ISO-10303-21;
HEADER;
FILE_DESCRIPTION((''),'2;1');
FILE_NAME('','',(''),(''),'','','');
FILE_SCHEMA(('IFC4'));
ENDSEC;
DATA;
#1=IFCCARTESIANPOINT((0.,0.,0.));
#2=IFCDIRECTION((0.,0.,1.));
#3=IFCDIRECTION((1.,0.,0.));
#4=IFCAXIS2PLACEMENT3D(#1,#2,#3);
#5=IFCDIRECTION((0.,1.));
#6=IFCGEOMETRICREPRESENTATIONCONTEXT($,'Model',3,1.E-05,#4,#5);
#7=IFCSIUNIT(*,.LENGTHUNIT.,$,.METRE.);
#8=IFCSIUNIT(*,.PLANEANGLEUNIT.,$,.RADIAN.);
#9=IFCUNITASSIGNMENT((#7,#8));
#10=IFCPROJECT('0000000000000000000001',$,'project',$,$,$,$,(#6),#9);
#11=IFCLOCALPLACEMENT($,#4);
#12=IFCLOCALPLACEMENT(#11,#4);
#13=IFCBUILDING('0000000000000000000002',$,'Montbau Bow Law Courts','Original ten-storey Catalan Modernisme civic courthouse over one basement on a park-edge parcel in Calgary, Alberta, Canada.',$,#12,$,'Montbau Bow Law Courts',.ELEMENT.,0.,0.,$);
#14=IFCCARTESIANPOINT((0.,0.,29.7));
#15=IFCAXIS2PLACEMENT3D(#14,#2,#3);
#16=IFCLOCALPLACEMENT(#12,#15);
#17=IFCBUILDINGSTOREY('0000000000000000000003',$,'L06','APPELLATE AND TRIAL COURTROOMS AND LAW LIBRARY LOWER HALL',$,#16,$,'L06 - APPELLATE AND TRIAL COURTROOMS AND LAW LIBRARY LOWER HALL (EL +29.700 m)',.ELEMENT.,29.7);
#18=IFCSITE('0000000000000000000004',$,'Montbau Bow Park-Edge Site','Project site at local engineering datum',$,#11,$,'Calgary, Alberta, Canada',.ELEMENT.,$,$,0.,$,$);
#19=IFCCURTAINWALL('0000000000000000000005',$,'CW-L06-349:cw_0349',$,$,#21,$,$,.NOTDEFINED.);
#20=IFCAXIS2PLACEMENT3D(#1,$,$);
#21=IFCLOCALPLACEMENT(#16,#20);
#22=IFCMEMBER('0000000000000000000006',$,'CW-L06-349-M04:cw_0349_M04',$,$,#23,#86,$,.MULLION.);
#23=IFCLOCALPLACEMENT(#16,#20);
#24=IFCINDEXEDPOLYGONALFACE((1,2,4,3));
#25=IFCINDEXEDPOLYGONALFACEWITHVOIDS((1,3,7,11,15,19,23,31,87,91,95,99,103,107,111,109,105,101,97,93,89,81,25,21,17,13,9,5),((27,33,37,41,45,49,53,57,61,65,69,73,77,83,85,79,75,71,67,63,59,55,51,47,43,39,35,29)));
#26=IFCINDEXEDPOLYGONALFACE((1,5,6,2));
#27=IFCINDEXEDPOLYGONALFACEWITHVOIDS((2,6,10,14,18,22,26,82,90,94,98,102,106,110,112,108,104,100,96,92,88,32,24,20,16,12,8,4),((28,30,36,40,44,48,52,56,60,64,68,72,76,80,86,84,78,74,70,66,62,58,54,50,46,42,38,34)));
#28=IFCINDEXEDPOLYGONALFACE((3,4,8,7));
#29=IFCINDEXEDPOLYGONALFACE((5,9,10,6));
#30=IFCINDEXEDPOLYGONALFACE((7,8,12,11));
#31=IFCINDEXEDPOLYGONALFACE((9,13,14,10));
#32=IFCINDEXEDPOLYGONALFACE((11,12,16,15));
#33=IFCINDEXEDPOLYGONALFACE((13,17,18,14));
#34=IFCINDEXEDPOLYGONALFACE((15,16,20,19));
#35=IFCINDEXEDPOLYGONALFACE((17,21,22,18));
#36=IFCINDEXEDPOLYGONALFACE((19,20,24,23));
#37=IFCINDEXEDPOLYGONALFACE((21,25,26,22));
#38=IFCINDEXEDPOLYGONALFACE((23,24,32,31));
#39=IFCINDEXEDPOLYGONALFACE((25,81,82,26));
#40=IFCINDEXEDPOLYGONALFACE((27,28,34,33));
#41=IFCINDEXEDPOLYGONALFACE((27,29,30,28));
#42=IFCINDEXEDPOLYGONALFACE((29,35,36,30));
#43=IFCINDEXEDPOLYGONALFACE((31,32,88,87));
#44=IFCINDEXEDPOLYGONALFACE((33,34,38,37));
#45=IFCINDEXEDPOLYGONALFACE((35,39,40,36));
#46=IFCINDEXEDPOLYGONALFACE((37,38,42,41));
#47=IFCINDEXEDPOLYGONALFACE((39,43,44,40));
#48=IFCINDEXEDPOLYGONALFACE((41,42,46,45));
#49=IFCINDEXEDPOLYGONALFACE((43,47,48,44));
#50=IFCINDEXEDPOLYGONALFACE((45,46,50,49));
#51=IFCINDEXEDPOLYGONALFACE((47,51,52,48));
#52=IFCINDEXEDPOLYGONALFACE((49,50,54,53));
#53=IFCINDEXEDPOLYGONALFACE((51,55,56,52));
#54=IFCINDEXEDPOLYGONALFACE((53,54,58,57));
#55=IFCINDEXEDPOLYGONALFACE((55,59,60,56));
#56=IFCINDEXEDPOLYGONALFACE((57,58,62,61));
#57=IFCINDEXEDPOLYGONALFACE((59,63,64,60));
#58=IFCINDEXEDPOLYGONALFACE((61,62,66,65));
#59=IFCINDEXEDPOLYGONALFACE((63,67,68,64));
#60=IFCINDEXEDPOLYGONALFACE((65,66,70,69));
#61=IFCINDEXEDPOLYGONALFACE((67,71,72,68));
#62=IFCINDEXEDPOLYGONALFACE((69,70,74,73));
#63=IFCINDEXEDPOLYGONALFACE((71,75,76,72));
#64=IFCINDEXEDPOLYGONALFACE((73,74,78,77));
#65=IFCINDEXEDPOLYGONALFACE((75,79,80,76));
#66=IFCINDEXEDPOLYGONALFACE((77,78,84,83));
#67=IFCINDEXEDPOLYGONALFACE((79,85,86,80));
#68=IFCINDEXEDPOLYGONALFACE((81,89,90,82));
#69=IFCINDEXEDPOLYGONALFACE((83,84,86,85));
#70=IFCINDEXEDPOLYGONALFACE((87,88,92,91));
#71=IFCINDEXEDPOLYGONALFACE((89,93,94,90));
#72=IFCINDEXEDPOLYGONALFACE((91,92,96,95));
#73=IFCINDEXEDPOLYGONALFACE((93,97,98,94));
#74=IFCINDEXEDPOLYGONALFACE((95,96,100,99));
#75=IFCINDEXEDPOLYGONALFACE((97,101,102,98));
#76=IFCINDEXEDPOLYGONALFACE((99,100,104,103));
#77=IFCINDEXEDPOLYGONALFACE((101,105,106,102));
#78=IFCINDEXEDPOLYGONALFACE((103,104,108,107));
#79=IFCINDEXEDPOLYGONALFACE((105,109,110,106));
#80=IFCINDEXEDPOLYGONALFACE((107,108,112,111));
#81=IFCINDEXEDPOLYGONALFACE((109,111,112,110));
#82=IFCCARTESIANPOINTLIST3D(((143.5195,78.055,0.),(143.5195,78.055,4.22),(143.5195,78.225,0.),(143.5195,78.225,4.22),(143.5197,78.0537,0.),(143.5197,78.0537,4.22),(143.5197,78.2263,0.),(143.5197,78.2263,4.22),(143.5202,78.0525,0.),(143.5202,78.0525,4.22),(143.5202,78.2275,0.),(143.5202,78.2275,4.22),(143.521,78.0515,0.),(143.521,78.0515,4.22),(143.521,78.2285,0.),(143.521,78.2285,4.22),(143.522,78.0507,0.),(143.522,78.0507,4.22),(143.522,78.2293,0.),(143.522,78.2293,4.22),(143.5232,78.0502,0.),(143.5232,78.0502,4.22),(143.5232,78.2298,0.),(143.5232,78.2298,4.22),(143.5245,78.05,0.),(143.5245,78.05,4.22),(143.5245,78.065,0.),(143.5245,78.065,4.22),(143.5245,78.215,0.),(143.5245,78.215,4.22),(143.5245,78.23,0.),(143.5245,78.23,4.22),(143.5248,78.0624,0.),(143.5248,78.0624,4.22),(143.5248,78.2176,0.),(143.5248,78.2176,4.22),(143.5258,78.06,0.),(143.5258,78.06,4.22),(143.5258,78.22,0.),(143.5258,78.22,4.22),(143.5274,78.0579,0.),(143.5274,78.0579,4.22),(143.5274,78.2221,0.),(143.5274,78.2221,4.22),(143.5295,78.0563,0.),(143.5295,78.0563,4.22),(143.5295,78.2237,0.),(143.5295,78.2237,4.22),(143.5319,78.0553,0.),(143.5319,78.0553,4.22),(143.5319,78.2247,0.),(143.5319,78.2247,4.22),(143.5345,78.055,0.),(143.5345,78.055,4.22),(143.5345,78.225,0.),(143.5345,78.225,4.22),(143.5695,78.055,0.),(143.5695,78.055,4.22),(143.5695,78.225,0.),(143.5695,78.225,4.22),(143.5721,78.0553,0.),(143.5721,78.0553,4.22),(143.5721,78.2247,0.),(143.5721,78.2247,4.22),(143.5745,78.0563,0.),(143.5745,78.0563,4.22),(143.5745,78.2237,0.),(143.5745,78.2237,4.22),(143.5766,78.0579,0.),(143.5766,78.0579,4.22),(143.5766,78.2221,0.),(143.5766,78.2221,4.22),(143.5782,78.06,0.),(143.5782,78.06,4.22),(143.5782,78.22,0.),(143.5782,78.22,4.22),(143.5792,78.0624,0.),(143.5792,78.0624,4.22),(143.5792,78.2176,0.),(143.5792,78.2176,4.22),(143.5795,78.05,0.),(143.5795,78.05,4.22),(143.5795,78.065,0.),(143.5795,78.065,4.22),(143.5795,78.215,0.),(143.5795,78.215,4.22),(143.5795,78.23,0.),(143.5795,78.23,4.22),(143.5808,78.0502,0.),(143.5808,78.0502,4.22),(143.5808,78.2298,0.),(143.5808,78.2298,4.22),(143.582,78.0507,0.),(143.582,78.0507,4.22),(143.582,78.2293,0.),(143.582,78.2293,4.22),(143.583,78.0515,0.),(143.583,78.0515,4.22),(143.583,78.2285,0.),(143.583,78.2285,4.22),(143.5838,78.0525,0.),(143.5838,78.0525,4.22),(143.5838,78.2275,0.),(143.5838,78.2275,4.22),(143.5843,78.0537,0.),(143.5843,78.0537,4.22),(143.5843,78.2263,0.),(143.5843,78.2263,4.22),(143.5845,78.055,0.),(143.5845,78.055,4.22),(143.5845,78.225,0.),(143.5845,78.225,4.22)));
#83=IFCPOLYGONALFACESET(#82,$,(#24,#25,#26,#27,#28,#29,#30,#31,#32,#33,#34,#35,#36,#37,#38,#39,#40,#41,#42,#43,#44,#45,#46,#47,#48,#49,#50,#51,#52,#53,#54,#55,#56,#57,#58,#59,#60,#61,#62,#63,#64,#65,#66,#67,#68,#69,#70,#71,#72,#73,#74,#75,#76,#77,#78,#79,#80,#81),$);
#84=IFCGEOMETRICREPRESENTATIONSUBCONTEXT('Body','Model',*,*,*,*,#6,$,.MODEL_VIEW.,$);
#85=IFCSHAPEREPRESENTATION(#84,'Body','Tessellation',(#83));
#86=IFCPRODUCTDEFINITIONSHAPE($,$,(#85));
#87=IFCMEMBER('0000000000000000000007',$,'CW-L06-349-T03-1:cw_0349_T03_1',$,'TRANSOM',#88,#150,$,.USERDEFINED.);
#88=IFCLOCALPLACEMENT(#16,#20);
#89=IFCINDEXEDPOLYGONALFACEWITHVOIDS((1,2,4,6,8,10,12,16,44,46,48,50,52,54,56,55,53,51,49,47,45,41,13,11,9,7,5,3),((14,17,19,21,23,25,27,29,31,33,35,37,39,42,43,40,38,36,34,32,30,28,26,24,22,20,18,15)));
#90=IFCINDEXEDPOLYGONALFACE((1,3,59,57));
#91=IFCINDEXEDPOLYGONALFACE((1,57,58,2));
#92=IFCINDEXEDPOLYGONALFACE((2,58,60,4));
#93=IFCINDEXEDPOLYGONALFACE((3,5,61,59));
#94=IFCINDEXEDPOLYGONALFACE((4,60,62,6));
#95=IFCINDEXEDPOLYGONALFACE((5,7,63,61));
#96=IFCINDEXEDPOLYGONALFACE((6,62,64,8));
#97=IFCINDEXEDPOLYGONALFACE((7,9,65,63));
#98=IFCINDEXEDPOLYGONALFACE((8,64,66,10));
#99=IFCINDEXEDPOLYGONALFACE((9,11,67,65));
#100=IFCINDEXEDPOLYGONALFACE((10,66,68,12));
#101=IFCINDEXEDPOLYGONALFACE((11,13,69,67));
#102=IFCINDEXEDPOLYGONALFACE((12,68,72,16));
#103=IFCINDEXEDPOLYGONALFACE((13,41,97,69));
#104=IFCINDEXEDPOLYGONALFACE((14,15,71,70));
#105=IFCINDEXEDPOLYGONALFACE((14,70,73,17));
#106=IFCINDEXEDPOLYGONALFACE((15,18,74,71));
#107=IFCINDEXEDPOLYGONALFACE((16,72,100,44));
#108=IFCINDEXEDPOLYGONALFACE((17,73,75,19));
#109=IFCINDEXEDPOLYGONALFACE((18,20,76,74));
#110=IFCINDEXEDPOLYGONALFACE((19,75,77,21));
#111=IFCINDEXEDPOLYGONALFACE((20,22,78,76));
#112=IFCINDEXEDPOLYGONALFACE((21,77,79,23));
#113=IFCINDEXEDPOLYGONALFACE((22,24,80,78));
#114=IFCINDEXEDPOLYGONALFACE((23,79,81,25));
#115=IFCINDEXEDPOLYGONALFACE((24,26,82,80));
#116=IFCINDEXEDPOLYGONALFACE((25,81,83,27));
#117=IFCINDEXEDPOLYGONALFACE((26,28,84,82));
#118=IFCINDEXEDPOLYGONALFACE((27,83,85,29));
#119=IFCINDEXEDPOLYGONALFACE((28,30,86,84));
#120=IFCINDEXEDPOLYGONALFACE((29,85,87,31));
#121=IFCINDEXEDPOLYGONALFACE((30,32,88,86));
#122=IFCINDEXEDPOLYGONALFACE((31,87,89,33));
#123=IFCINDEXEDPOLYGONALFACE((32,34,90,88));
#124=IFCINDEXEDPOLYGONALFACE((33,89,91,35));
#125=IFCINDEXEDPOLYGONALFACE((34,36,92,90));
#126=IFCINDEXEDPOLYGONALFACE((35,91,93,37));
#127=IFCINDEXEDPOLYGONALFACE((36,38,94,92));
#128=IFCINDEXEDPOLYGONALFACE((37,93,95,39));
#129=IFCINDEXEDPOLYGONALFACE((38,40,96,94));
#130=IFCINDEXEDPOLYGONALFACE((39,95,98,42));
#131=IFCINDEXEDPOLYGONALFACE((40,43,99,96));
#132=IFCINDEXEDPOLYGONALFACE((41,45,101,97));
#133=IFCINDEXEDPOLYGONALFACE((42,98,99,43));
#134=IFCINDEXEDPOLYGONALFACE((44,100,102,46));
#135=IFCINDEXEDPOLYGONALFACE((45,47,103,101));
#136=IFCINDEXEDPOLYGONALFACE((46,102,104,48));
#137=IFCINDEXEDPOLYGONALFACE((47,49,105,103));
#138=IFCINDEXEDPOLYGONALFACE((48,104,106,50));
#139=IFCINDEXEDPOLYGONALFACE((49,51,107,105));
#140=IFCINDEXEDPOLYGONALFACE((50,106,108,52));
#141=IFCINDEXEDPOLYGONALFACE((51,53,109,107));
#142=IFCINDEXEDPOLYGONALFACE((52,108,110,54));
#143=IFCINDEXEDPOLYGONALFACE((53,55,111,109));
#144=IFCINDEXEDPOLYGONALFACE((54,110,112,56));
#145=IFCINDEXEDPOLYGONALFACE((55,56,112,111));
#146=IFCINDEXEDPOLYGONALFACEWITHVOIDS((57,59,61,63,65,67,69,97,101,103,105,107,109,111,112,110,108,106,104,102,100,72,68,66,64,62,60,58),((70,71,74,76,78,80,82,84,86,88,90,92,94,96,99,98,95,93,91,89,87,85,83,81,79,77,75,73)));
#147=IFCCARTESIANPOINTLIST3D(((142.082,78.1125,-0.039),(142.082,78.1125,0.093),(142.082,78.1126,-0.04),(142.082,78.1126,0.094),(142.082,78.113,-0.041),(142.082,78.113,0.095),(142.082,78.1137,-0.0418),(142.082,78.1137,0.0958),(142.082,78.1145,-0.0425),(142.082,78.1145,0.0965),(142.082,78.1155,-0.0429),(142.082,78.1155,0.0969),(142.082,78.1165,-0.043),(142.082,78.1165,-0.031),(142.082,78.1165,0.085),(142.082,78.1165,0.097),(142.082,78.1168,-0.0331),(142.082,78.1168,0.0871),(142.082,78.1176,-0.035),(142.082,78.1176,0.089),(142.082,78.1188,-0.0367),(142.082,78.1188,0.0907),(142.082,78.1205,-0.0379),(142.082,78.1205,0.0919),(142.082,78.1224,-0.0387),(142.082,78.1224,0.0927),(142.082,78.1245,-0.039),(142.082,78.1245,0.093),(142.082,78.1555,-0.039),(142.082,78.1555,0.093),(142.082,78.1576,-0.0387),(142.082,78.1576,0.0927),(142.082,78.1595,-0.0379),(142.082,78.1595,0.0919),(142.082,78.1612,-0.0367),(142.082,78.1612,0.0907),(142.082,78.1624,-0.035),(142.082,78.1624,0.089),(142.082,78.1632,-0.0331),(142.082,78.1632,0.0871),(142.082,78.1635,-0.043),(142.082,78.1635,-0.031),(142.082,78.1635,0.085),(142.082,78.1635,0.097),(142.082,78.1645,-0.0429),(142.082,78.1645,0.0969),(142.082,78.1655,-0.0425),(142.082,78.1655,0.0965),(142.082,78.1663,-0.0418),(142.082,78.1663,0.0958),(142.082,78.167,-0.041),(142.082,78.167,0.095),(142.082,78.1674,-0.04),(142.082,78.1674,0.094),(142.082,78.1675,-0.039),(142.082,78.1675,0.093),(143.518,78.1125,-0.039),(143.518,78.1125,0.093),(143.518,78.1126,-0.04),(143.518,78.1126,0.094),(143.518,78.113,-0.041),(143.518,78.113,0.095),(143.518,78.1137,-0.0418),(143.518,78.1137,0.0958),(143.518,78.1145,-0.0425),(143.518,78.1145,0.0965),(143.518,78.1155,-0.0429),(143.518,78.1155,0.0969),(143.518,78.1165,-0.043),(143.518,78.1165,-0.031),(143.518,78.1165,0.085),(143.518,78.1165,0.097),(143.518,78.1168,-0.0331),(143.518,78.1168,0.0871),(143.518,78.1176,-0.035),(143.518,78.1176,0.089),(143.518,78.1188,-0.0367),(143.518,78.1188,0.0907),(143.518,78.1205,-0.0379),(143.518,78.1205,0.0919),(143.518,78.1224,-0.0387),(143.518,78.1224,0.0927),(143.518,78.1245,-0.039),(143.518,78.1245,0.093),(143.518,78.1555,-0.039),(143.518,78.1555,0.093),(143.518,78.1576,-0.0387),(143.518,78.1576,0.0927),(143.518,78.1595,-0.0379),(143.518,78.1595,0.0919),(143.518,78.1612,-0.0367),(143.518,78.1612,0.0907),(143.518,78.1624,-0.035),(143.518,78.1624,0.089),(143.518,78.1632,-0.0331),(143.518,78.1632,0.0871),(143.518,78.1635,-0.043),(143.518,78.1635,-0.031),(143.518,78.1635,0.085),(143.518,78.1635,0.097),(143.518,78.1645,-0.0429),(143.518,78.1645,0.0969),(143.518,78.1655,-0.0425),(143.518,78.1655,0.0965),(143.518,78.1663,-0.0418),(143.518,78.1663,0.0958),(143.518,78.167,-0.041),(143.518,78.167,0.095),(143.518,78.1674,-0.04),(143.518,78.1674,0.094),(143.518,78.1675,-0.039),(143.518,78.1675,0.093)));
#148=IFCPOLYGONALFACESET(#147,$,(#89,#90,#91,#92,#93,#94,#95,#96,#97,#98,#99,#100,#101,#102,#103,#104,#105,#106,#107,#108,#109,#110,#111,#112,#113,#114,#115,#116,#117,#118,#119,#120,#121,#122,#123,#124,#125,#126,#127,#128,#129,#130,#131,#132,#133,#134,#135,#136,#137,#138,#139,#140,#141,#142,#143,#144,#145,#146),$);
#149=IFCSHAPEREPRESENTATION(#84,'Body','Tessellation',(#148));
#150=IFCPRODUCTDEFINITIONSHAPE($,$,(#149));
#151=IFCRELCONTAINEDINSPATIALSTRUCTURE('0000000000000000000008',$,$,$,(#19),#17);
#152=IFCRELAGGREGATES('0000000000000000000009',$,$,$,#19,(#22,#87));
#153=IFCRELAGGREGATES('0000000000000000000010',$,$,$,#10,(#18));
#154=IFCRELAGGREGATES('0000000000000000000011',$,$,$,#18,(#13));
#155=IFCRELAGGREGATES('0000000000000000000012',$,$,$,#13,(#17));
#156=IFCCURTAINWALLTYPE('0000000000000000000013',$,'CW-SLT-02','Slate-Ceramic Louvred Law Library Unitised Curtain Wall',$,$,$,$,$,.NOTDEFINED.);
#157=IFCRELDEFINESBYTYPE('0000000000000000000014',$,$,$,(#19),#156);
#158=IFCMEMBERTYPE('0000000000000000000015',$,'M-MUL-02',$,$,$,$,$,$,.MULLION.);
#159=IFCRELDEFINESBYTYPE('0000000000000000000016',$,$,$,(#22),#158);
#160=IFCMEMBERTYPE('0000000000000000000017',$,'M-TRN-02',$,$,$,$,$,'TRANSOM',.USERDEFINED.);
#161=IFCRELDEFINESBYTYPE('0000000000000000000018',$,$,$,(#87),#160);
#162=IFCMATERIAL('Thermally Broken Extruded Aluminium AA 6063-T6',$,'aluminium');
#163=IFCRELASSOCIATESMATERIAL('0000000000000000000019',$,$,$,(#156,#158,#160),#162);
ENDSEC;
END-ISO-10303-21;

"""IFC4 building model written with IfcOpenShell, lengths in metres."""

from ifc_helpers import new_model, si_unit, direction, frame, origin_with_axes, origin_2d_with_axis, place, context, subcontext, project, spatial, hollow_rectangle, extrude, material, material_profile, profile_set, type_object, element, aggregate, save


model = new_model("IFC4")

# Units and contexts
model_context = context("Model", 3, precision=1e-05, world=origin_with_axes(), true_north=direction((0.0, 1.0)))
body_context = subcontext(model_context, "Body", "Model", "MODEL_VIEW")
ifc_project = project(units=[si_unit("LENGTHUNIT", "METRE"), si_unit("PLANEANGLEUNIT", "RADIAN")], contexts=[model_context])

# Site, building, storey
site_placement = place(None, origin_with_axes())
site = spatial("IfcSite", under=ifc_project, at=site_placement, Name="Montbau Bow Park-Edge Site", Description="Project site at local engineering datum", LongName="Calgary, Alberta, Canada", CompositionType="ELEMENT", RefElevation=0.0)
building_placement = place(site_placement, origin_with_axes())
building = spatial("IfcBuilding", under=site, at=building_placement, Name="Montbau Bow Law Courts", Description="Original ten-storey Catalan Modernisme civic courthouse over one basement on a park-edge parcel in Calgary, Alberta, Canada.", LongName="Montbau Bow Law Courts", CompositionType="ELEMENT", ElevationOfRefHeight=0.0, ElevationOfTerrain=0.0)
storey_placement = place(building_placement, frame((0.0, 0.0, 29.7), z_axis=(0.0, 0.0, 1.0), x_axis=(1.0, 0.0, 0.0)))
storey = spatial("IfcBuildingStorey", under=building, at=storey_placement, Name="L06", Description="APPELLATE AND TRIAL COURTROOMS AND LAW LIBRARY LOWER HALL", LongName="L06 - APPELLATE AND TRIAL COURTROOMS AND LAW LIBRARY LOWER HALL (EL +29.700 m)", CompositionType="ELEMENT", Elevation=29.7)

# Curtain wall, members
ifc_material_1 = material(Name="Thermally Broken Extruded Aluminium AA 6063-T6", Category="aluminium")
curtain_wall_type = type_object("IfcCurtainWallType", Name="CW-SLT-02", Description="Slate-Ceramic Louvred Law Library Unitised Curtain Wall", PredefinedType="NOTDEFINED", material=ifc_material_1)
curtain_wall_placement = place(None, frame((139.04, 78.14, 29.7), z_axis=(0.0, 0.0, 1.0), x_axis=(1.0, 0.0, 0.0)))
curtain_wall = element("IfcCurtainWall", 1, at=curtain_wall_placement, inside=storey, type_object=curtain_wall_type, Name="CW-L06-349:cw_0349", PredefinedType="NOTDEFINED")
ifc_material_profile_1 = material_profile(ifc_material_1, hollow_rectangle(XDim=0.065, YDim=0.18, WallThickness=0.005, InnerFilletRadius=0.01, OuterFilletRadius=0.005, at=origin_2d_with_axis()), Name="CWM-180X65", Category="Main", Priority=0)
ifc_profile_set_1 = profile_set([ifc_material_profile_1], Name="Thermally Broken Extruded Aluminium AA 6063-T6")
member_type_1 = type_object("IfcMemberType", Name="M-MUL-02", PredefinedType="MULLION", material=ifc_profile_set_1)
member_1_placement = place(None, frame((143.552, 78.14, 29.7), z_axis=(0.0, 0.0, 1.0), x_axis=(1.0, 0.0, 0.0)))
member_1 = element("IfcMember", 2, at=member_1_placement, type_object=member_type_1, Name="CW-L06-349-M04:cw_0349_M04", PredefinedType="MULLION", context=body_context, shape_type="SweptSolid", body=[
    extrude(hollow_rectangle(XDim=0.065, YDim=0.18, WallThickness=0.005, InnerFilletRadius=0.01, OuterFilletRadius=0.005, at=origin_2d_with_axis()), origin_with_axes(), (0.0, 0.0, 1.0), 4.22),
])
ifc_material_profile_2 = material_profile(ifc_material_1, hollow_rectangle(XDim=0.055, YDim=0.14, WallThickness=0.004, InnerFilletRadius=0.008, OuterFilletRadius=0.004, at=origin_2d_with_axis()), Name="CWT-140X55", Category="Main", Priority=0)
ifc_profile_set_2 = profile_set([ifc_material_profile_2], Name="Thermally Broken Extruded Aluminium AA 6063-T6")
member_type_2 = type_object("IfcMemberType", Name="M-TRN-02", ElementType="TRANSOM", PredefinedType="USERDEFINED", material=ifc_profile_set_2)
member_2_placement = place(None, frame((142.082, 78.14, 29.727), z_axis=(1.0, 0.0, 0.0), x_axis=(0.0, 1.0, 0.0)))
member_2 = element("IfcMember", 3, at=member_2_placement, type_object=member_type_2, Name="CW-L06-349-T03-1:cw_0349_T03_1", ObjectType="TRANSOM", PredefinedType="USERDEFINED", context=body_context, shape_type="SweptSolid", body=[
    extrude(hollow_rectangle(XDim=0.055, YDim=0.14, WallThickness=0.004, InnerFilletRadius=0.008, OuterFilletRadius=0.004, at=origin_2d_with_axis()), origin_with_axes(), (0.0, 0.0, 1.0), 1.436),
])
aggregate(curtain_wall, [member_1, member_2])

save(model, "model.ifc")
